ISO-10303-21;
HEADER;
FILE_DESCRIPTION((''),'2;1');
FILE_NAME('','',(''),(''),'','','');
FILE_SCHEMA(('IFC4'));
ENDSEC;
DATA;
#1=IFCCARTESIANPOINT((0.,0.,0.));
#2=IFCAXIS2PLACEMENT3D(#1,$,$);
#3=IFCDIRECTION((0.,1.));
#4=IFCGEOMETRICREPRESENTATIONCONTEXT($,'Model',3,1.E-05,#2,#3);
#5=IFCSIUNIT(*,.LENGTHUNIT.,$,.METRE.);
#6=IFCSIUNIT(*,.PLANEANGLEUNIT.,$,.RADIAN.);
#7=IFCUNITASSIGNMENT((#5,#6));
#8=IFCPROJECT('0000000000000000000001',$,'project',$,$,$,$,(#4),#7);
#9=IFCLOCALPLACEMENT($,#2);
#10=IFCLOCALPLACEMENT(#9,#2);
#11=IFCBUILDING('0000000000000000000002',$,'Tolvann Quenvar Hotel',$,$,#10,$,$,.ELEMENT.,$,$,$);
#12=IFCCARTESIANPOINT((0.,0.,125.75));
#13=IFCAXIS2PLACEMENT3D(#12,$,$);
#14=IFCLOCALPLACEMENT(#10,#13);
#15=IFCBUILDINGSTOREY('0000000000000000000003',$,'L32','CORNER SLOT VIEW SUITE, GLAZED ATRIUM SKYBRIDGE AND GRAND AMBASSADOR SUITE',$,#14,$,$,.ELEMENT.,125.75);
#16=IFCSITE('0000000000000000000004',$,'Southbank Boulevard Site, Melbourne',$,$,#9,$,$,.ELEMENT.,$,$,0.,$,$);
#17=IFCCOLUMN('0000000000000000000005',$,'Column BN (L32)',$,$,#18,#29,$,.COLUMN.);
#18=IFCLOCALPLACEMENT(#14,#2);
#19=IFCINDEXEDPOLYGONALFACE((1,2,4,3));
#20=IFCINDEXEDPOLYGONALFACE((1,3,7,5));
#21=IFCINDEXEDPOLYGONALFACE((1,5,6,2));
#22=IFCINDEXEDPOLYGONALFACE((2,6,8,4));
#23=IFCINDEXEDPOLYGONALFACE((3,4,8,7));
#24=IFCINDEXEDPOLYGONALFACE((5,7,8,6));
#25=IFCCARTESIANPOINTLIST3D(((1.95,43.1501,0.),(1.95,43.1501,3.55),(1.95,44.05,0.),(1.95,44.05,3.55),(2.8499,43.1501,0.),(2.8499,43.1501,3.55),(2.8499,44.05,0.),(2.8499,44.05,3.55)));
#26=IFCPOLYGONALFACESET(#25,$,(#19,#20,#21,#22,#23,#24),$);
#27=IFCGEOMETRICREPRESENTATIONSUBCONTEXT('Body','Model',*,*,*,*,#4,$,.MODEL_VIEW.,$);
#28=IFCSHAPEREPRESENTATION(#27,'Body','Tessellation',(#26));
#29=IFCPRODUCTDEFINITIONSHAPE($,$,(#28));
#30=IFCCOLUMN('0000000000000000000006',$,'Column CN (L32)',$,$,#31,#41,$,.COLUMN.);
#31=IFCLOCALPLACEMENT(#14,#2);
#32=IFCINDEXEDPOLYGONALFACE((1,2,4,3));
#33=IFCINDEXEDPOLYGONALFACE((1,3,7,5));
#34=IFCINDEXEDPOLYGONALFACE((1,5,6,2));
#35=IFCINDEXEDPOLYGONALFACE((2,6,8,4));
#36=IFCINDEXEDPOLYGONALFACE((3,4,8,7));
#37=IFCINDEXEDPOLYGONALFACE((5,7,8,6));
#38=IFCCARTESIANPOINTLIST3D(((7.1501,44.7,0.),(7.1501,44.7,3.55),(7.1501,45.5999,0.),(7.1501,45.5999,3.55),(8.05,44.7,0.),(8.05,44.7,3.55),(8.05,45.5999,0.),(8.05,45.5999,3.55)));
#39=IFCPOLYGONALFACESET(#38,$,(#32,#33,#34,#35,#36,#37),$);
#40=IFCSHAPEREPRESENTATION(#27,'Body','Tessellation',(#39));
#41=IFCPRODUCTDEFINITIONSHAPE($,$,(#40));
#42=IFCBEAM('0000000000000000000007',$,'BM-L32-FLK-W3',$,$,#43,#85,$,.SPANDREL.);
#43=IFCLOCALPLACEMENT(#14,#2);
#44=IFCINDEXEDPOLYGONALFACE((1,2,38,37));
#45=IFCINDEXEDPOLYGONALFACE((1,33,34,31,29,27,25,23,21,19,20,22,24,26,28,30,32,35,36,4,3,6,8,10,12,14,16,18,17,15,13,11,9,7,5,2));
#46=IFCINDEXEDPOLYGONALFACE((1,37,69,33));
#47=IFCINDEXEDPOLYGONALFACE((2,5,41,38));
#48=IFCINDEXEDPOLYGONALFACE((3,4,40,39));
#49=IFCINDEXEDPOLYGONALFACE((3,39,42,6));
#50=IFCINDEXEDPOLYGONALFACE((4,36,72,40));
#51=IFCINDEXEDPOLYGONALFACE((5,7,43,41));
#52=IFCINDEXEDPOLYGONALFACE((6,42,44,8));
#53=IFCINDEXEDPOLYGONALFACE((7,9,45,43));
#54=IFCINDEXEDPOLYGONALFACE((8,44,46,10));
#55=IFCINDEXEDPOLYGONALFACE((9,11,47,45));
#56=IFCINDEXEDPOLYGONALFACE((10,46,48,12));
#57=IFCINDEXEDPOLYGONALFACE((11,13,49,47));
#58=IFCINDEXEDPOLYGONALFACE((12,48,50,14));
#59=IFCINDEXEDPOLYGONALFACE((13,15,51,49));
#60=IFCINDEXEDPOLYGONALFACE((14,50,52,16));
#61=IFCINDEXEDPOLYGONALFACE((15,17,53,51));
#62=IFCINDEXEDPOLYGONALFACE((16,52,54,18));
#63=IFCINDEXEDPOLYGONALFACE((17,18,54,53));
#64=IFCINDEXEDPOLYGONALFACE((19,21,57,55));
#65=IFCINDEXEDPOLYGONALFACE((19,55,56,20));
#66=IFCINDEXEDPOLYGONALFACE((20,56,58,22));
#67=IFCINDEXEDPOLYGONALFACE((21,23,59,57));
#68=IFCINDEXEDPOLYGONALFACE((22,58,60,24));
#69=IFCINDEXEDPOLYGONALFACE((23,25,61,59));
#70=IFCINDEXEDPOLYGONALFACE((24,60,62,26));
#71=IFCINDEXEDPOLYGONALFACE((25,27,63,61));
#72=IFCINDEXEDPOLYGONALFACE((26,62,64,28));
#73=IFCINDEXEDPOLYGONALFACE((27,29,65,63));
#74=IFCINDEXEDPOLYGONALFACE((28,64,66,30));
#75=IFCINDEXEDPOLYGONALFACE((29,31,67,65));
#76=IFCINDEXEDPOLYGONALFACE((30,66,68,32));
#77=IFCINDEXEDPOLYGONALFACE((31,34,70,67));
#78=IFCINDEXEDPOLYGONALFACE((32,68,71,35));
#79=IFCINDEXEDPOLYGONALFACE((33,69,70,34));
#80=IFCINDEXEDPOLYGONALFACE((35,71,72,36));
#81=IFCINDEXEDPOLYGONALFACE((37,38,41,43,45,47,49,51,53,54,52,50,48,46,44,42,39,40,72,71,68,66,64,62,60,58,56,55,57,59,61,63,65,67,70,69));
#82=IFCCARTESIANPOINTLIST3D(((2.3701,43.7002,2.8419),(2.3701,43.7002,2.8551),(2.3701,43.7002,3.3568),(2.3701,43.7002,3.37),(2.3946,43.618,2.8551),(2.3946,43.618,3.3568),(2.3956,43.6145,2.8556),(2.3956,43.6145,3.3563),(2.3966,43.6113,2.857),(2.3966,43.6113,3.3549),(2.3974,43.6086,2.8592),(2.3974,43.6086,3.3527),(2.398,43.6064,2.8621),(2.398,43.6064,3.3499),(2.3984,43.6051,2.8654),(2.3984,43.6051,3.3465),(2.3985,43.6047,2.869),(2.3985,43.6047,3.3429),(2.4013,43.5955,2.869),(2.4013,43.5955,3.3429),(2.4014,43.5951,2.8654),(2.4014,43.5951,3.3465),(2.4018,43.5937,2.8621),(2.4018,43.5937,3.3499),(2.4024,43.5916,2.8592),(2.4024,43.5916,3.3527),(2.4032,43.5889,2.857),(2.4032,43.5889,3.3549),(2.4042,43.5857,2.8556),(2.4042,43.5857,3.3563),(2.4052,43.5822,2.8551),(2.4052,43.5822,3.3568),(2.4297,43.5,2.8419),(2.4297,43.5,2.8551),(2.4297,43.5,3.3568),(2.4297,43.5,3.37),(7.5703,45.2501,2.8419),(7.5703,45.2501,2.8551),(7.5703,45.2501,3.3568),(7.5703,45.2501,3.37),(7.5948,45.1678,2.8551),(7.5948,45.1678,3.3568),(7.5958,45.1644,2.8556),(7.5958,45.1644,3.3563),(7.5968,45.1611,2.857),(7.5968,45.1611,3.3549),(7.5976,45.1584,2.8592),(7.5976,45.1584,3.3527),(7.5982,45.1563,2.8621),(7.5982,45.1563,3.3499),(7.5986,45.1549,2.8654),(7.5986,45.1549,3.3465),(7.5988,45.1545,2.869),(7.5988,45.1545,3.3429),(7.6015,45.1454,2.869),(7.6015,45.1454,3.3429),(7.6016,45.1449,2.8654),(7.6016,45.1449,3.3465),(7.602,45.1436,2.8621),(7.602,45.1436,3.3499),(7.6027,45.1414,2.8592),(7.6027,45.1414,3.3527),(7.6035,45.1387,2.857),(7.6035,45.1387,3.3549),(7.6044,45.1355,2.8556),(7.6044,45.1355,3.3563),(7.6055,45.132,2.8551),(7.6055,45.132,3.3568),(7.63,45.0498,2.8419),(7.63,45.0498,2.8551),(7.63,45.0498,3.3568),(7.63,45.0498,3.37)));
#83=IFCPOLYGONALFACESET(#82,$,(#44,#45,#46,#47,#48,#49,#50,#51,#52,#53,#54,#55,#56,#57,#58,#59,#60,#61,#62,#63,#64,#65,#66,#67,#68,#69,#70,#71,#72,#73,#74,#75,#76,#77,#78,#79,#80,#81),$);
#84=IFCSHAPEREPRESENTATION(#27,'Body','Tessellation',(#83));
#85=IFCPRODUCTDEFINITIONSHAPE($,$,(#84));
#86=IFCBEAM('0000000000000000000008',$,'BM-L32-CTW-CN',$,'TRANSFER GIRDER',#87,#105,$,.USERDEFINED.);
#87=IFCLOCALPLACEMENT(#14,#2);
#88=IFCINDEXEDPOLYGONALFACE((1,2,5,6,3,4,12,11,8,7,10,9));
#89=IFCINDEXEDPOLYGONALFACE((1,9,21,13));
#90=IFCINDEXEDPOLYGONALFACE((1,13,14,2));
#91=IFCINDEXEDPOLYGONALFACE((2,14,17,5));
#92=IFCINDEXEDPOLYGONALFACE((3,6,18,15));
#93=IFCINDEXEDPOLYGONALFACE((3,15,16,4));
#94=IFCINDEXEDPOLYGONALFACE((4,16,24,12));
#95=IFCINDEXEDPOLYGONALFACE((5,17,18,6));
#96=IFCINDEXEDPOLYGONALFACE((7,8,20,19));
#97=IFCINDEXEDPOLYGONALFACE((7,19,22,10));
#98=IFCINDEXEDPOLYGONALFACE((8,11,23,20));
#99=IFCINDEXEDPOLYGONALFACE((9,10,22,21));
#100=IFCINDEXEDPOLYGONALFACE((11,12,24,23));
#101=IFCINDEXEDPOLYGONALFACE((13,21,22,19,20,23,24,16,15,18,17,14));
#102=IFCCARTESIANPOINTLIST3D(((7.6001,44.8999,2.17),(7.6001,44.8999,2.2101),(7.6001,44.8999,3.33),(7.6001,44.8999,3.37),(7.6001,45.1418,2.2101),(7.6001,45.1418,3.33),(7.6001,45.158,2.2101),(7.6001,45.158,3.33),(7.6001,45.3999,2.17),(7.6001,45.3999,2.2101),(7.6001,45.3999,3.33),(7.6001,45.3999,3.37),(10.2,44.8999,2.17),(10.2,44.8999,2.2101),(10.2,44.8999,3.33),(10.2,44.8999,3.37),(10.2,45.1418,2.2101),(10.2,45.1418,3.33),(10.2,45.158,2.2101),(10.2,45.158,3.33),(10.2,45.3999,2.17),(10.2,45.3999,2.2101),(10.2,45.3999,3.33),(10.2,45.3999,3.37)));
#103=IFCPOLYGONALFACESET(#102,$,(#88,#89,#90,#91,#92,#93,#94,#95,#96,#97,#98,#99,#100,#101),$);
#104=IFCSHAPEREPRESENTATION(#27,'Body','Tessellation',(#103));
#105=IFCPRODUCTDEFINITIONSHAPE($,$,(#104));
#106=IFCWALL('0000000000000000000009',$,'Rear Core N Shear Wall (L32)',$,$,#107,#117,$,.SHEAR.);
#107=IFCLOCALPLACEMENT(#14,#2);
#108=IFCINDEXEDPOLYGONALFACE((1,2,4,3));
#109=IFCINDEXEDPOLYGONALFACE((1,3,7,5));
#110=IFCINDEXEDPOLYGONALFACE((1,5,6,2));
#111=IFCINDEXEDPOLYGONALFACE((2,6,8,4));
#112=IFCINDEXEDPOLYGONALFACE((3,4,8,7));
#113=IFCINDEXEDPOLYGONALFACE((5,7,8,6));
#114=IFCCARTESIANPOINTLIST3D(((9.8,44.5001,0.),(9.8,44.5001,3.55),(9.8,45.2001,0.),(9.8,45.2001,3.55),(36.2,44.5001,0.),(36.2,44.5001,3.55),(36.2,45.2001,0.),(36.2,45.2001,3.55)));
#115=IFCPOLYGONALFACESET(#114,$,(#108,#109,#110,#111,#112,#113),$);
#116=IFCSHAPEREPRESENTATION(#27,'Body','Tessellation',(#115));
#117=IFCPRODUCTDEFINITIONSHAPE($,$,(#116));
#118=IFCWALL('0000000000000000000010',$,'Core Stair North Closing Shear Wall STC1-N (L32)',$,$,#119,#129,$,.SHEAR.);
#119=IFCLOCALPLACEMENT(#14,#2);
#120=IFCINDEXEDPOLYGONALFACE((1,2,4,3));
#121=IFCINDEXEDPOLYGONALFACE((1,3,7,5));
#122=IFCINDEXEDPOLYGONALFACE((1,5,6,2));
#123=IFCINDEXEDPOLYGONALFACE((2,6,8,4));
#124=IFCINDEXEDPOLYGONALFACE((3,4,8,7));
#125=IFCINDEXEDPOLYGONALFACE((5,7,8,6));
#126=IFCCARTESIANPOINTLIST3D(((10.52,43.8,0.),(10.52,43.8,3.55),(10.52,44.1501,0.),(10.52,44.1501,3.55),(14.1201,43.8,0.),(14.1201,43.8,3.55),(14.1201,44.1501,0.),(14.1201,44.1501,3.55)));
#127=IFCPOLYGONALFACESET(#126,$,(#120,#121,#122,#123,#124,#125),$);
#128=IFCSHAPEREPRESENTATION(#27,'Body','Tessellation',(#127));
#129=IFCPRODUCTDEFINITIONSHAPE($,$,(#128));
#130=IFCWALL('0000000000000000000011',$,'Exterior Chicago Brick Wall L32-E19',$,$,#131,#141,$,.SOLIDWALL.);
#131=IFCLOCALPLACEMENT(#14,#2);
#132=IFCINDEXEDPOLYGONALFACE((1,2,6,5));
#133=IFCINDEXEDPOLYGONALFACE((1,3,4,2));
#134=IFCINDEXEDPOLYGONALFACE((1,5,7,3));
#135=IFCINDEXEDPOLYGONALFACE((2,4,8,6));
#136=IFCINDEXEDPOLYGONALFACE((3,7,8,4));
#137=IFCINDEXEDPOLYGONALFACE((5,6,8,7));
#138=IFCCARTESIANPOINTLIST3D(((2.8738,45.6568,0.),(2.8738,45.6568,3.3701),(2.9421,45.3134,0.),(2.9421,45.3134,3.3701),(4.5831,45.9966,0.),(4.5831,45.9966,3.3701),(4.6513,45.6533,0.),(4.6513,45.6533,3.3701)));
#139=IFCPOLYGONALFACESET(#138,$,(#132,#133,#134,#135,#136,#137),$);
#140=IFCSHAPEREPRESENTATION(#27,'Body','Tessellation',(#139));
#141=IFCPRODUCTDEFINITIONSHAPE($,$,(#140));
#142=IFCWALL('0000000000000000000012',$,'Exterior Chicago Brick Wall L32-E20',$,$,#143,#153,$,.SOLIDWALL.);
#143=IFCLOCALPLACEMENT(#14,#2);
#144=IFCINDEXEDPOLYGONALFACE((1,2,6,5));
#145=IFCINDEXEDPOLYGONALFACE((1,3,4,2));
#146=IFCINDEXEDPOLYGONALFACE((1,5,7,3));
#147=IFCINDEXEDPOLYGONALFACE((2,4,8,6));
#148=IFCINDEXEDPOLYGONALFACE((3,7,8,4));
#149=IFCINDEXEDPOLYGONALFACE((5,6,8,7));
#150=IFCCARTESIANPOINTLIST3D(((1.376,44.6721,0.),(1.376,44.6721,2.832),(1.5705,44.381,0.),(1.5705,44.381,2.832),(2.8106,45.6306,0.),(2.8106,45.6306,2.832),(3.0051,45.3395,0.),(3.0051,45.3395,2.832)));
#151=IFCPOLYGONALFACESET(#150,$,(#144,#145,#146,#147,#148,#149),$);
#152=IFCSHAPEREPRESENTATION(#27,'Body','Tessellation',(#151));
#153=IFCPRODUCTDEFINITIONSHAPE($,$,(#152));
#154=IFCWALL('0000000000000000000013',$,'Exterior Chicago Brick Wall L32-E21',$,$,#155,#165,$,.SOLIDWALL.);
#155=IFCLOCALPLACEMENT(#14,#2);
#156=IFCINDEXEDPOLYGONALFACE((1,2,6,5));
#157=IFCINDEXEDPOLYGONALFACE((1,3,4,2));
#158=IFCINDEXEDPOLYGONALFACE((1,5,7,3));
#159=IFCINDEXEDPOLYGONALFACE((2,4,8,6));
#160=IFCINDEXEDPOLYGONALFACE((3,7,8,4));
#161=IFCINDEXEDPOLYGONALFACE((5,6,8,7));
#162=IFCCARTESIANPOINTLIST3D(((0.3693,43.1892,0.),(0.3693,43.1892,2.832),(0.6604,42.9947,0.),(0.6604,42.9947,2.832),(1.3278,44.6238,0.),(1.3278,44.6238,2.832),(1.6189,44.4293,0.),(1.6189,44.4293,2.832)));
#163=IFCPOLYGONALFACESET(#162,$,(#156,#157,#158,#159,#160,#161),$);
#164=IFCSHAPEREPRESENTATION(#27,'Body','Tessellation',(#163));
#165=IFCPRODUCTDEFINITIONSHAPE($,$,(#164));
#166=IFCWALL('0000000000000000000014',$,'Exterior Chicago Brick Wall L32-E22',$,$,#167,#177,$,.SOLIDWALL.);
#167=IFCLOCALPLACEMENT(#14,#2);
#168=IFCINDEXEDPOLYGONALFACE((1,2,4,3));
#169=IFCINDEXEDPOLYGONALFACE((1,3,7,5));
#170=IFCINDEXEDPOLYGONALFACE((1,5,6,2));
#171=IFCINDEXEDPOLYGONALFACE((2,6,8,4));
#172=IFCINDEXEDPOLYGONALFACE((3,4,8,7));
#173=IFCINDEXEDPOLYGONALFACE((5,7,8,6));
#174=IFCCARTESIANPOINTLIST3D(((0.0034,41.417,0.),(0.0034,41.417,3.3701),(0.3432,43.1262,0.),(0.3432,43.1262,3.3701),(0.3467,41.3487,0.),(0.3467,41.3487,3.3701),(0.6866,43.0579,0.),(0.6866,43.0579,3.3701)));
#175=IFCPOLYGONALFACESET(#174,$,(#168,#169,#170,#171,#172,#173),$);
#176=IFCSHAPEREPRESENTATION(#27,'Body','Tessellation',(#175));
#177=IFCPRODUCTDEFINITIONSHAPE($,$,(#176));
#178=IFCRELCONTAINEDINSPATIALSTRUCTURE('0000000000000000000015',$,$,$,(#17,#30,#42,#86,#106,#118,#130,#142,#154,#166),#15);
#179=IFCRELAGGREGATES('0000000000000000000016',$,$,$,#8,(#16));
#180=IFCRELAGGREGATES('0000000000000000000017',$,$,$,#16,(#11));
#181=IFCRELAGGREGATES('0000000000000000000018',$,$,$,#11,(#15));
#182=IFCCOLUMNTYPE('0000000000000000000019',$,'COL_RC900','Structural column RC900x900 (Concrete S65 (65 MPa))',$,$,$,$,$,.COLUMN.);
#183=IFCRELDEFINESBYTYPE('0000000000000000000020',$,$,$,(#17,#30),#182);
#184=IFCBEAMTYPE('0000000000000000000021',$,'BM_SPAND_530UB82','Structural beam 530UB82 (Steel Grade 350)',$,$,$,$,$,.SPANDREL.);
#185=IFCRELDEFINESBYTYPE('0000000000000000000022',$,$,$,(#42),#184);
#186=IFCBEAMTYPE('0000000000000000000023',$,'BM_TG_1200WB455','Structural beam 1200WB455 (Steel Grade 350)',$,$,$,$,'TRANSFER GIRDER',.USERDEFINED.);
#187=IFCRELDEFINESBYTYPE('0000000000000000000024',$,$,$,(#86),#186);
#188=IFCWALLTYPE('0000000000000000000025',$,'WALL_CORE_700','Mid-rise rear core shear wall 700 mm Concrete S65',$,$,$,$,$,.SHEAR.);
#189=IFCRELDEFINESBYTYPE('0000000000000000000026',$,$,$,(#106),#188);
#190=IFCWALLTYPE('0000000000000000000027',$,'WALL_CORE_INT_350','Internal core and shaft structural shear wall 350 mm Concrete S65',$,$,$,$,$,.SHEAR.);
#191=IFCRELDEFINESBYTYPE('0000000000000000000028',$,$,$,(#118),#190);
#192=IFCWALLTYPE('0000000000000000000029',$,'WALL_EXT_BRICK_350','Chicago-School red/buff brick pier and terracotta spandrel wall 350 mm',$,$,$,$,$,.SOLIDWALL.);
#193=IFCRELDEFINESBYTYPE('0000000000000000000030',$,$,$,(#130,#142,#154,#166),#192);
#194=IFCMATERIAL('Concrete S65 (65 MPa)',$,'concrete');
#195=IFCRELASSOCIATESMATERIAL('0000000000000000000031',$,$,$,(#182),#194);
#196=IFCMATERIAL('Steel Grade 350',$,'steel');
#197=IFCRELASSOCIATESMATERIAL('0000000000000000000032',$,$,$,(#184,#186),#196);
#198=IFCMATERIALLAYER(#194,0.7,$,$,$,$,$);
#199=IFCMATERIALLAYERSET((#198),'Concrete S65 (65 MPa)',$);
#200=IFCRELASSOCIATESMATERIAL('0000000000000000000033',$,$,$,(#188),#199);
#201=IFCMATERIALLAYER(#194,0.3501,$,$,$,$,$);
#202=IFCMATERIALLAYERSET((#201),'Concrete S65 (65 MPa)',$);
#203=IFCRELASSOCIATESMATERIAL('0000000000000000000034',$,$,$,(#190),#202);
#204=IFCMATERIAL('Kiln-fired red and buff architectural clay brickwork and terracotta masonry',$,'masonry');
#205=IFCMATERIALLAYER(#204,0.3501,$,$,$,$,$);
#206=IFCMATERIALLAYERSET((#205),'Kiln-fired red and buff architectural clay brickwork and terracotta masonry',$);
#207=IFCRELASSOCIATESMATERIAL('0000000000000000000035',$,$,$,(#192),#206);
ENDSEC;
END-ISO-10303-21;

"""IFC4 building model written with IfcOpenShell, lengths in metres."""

from ifc_helpers import new_model, si_unit, direction, frame, frame_2d, origin, origin_2d, place, context, subcontext, project, spatial, rectangle, i_section, extrude, source, transform, mapped, material, layer, layer_set, material_profile, profile_set, type_object, type_shapes, element, save


model = new_model("IFC4")

# Units and contexts
model_context = context("Model", 3, precision=1e-05, world=origin(), true_north=direction((0.0, 1.0)))
body_context = subcontext(model_context, "Body", "Model", "MODEL_VIEW")
ifc_project = project(units=[si_unit("LENGTHUNIT", "METRE"), si_unit("PLANEANGLEUNIT", "RADIAN")], contexts=[model_context])

# Site, building, storey
site_placement = place(None, origin())
site = spatial("IfcSite", under=ifc_project, at=site_placement, Name="Southbank Boulevard Site, Melbourne", CompositionType="ELEMENT", RefElevation=0.0)
building_placement = place(site_placement, origin())
building = spatial("IfcBuilding", under=site, at=building_placement, Name="Tolvann Quenvar Hotel", CompositionType="ELEMENT")
storey_placement = place(building_placement, frame((0.0, 0.0, 125.75)))
storey = spatial("IfcBuildingStorey", under=building, at=storey_placement, Name="L32", Description="CORNER SLOT VIEW SUITE, GLAZED ATRIUM SKYBRIDGE AND GRAND AMBASSADOR SUITE", CompositionType="ELEMENT", Elevation=125.75)

# Columns
ifc_material_1 = material(Name="Concrete S65 (65 MPa)", Category="concrete")
ifc_material_profile_1 = material_profile(ifc_material_1, rectangle(XDim=0.8999, YDim=0.8999, at=origin_2d()), Name="RC900x900")
ifc_profile_set_1 = profile_set([ifc_material_profile_1], Name="Concrete S65 (65 MPa)")
column_type = type_object("IfcColumnType", Name="COL_RC900", Description="Structural column RC900x900 (Concrete S65 (65 MPa))", PredefinedType="COLUMN", material=ifc_profile_set_1)
shared_shape_1 = source(origin(), body_context, "Body", "SweptSolid", [
    extrude(rectangle(XDim=0.8999, YDim=0.8999, at=origin_2d()), origin(), (0.0, 0.0, 1.0), 3.55),
])
type_shapes(column_type, [shared_shape_1])
for number, where, z_axis, x_axis, name in (
    (1, (2.3999, 43.6001, 0.0), (0.0, 0.0, 1.0), (1.0, 0.0, 0.0), "Column BN (L32)"),
    (2, (7.6001, 45.1499, 0.0), (0.0, 0.0, 1.0), (1.0, 0.0, 0.0), "Column CN (L32)"),
):
    element("IfcColumn", number, at=place(storey_placement, frame(where, z_axis=z_axis, x_axis=x_axis)), inside=storey, type_object=column_type, Name=name, PredefinedType="COLUMN", context=body_context, shape_type="MappedRepresentation", body=[
        mapped(shared_shape_1, transform((0.0, 0.0, 0.0), x_axis=(1.0, 0.0, 0.0), y_axis=(0.0, 1.0, 0.0), z_axis=(0.0, 0.0, 1.0), scale=1.0)),
    ])

# Beams
ifc_material_2 = material(Name="Steel Grade 350", Category="steel")
ifc_material_profile_2 = material_profile(ifc_material_2, i_section(OverallWidth=0.209, OverallDepth=0.5281, WebThickness=0.0095, FlangeThickness=0.0132, FilletRadius=0.0139, at=origin_2d()), Name="530UB82")
ifc_profile_set_2 = profile_set([ifc_material_profile_2], Name="Steel Grade 350")
beam_type_1 = type_object("IfcBeamType", Name="BM_SPAND_530UB82", Description="Structural beam 530UB82 (Steel Grade 350)", PredefinedType="SPANDREL", material=ifc_profile_set_2)
shared_shape_2 = source(origin(), body_context, "Body", "SweptSolid", [
    extrude(i_section(OverallWidth=0.209, OverallDepth=0.5281, WebThickness=0.0095, FlangeThickness=0.0132, FilletRadius=0.0139, at=origin_2d()), origin(), (0.0, 0.0, 1.0), 5.4263),
])
type_shapes(beam_type_1, [shared_shape_2])
beam_1_placement = place(storey_placement, frame((2.3999, 43.6001, 3.106), z_axis=(0.958345, 0.285614, 0.0), x_axis=(-0.285614, 0.958345, 0.0)))
element("IfcBeam", 3, at=beam_1_placement, inside=storey, type_object=beam_type_1, Name="BM-L32-FLK-W3", PredefinedType="SPANDREL", context=body_context, shape_type="MappedRepresentation", body=[
    mapped(shared_shape_2, transform((0.0, 0.0, 0.0), x_axis=(1.0, 0.0, 0.0), y_axis=(0.0, 1.0, 0.0), z_axis=(0.0, 0.0, 1.0), scale=1.0)),
])
ifc_material_profile_3 = material_profile(ifc_material_2, i_section(OverallWidth=0.5, OverallDepth=1.2, WebThickness=0.0161, FlangeThickness=0.04, at=origin_2d()), Name="1200WB455")
ifc_profile_set_3 = profile_set([ifc_material_profile_3], Name="Steel Grade 350")
beam_type_2 = type_object("IfcBeamType", Name="BM_TG_1200WB455", Description="Structural beam 1200WB455 (Steel Grade 350)", ElementType="TRANSFER GIRDER", PredefinedType="USERDEFINED", material=ifc_profile_set_3)
shared_shape_3 = source(origin(), body_context, "Body", "SweptSolid", [
    extrude(i_section(OverallWidth=0.5, OverallDepth=1.2, WebThickness=0.0161, FlangeThickness=0.04, at=origin_2d()), origin(), (0.0, 0.0, 1.0), 2.5999),
])
type_shapes(beam_type_2, [shared_shape_3])
beam_2_placement = place(storey_placement, frame((7.6001, 45.1499, 2.77), z_axis=(1.0, 0.0, 0.0), x_axis=(0.0, 1.0, 0.0)))
element("IfcBeam", 4, at=beam_2_placement, inside=storey, type_object=beam_type_2, Name="BM-L32-CTW-CN", ObjectType="TRANSFER GIRDER", PredefinedType="USERDEFINED", context=body_context, shape_type="MappedRepresentation", body=[
    mapped(shared_shape_3, transform((0.0, 0.0, 0.0), x_axis=(1.0, 0.0, 0.0), y_axis=(0.0, 1.0, 0.0), z_axis=(0.0, 0.0, 1.0), scale=1.0)),
])

# Walls
ifc_layer_1 = layer(ifc_material_1, 0.7)
ifc_layer_set_1 = layer_set([ifc_layer_1], Name="Concrete S65 (65 MPa)")
wall_type_1 = type_object("IfcWallType", Name="WALL_CORE_700", Description="Mid-rise rear core shear wall 700 mm Concrete S65", PredefinedType="SHEAR", material=ifc_layer_set_1)
wall_1_placement = place(storey_placement, frame((9.8, 44.8501, 0.0), z_axis=(0.0, 0.0, 1.0), x_axis=(1.0, 0.0, 0.0)))
element("IfcWall", 5, at=wall_1_placement, inside=storey, type_object=wall_type_1, Name="Rear Core N Shear Wall (L32)", PredefinedType="SHEAR", context=body_context, shape_type="SweptSolid", body=[
    extrude(rectangle(XDim=26.3999, YDim=0.7, at=frame_2d((13.2, 0.0))), origin(), (0.0, 0.0, 1.0), 3.55),
])
ifc_layer_2 = layer(ifc_material_1, 0.3501)
ifc_layer_set_2 = layer_set([ifc_layer_2], Name="Concrete S65 (65 MPa)")
wall_type_2 = type_object("IfcWallType", Name="WALL_CORE_INT_350", Description="Internal core and shaft structural shear wall 350 mm Concrete S65", PredefinedType="SHEAR", material=ifc_layer_set_2)
wall_2_placement = place(storey_placement, frame((10.52, 43.9751, 0.0), z_axis=(0.0, 0.0, 1.0), x_axis=(1.0, 0.0, 0.0)))
element("IfcWall", 6, at=wall_2_placement, inside=storey, type_object=wall_type_2, Name="Core Stair North Closing Shear Wall STC1-N (L32)", PredefinedType="SHEAR", context=body_context, shape_type="SweptSolid", body=[
    extrude(rectangle(XDim=3.6001, YDim=0.3501, at=frame_2d((1.8, 0.0))), origin(), (0.0, 0.0, 1.0), 3.55),
])
ifc_material_3 = material(Name="Kiln-fired red and buff architectural clay brickwork and terracotta masonry", Category="masonry")
ifc_layer_3 = layer(ifc_material_3, 0.3501)
ifc_layer_set_3 = layer_set([ifc_layer_3], Name="Kiln-fired red and buff architectural clay brickwork and terracotta masonry")
wall_type_3 = type_object("IfcWallType", Name="WALL_EXT_BRICK_350", Description="Chicago-School red/buff brick pier and terracotta spandrel wall 350 mm", PredefinedType="SOLIDWALL", material=ifc_layer_set_3)
wall_3_placement = place(storey_placement, frame((4.6172, 45.825, 0.0), z_axis=(0.0, 0.0, 1.0), x_axis=(-0.980801, -0.195011, 0.0)))
element("IfcWall", 7, at=wall_3_placement, inside=storey, type_object=wall_type_3, Name="Exterior Chicago Brick Wall L32-E19", PredefinedType="SOLIDWALL", context=body_context, shape_type="SweptSolid", body=[
    extrude(rectangle(XDim=1.7427, YDim=0.3501, at=frame_2d((0.8713, 0.0))), origin(), (0.0, 0.0, 1.0), 3.3701),
])
for number, where, z_axis, x_axis, name in (
    (8, (2.908, 45.4851, 0.0), (0.0, 0.0, 1.0), (-0.831484, -0.555549, 0.0), "Exterior Chicago Brick Wall L32-E20"),
    (9, (1.4734, 44.5266, 0.0), (0.0, 0.0, 1.0), (-0.555549, -0.831484, 0.0), "Exterior Chicago Brick Wall L32-E21"),
):
    element("IfcWall", number, at=place(storey_placement, frame(where, z_axis=z_axis, x_axis=x_axis)), inside=storey, type_object=wall_type_3, Name=name, PredefinedType="SOLIDWALL", context=body_context, shape_type="SweptSolid", body=[
        extrude(rectangle(XDim=1.7253, YDim=0.3501, at=frame_2d((0.8628, 0.0))), origin(), (0.0, 0.0, 1.0), 2.832),
    ])
wall_4_placement = place(storey_placement, frame((0.5149, 43.092, 0.0), z_axis=(0.0, 0.0, 1.0), x_axis=(-0.195011, -0.980801, 0.0)))
element("IfcWall", 10, at=wall_4_placement, inside=storey, type_object=wall_type_3, Name="Exterior Chicago Brick Wall L32-E22", PredefinedType="SOLIDWALL", context=body_context, shape_type="SweptSolid", body=[
    extrude(rectangle(XDim=1.7427, YDim=0.3501, at=frame_2d((0.8713, 0.0))), origin(), (0.0, 0.0, 1.0), 3.3701),
])

save(model, "model.ifc")
